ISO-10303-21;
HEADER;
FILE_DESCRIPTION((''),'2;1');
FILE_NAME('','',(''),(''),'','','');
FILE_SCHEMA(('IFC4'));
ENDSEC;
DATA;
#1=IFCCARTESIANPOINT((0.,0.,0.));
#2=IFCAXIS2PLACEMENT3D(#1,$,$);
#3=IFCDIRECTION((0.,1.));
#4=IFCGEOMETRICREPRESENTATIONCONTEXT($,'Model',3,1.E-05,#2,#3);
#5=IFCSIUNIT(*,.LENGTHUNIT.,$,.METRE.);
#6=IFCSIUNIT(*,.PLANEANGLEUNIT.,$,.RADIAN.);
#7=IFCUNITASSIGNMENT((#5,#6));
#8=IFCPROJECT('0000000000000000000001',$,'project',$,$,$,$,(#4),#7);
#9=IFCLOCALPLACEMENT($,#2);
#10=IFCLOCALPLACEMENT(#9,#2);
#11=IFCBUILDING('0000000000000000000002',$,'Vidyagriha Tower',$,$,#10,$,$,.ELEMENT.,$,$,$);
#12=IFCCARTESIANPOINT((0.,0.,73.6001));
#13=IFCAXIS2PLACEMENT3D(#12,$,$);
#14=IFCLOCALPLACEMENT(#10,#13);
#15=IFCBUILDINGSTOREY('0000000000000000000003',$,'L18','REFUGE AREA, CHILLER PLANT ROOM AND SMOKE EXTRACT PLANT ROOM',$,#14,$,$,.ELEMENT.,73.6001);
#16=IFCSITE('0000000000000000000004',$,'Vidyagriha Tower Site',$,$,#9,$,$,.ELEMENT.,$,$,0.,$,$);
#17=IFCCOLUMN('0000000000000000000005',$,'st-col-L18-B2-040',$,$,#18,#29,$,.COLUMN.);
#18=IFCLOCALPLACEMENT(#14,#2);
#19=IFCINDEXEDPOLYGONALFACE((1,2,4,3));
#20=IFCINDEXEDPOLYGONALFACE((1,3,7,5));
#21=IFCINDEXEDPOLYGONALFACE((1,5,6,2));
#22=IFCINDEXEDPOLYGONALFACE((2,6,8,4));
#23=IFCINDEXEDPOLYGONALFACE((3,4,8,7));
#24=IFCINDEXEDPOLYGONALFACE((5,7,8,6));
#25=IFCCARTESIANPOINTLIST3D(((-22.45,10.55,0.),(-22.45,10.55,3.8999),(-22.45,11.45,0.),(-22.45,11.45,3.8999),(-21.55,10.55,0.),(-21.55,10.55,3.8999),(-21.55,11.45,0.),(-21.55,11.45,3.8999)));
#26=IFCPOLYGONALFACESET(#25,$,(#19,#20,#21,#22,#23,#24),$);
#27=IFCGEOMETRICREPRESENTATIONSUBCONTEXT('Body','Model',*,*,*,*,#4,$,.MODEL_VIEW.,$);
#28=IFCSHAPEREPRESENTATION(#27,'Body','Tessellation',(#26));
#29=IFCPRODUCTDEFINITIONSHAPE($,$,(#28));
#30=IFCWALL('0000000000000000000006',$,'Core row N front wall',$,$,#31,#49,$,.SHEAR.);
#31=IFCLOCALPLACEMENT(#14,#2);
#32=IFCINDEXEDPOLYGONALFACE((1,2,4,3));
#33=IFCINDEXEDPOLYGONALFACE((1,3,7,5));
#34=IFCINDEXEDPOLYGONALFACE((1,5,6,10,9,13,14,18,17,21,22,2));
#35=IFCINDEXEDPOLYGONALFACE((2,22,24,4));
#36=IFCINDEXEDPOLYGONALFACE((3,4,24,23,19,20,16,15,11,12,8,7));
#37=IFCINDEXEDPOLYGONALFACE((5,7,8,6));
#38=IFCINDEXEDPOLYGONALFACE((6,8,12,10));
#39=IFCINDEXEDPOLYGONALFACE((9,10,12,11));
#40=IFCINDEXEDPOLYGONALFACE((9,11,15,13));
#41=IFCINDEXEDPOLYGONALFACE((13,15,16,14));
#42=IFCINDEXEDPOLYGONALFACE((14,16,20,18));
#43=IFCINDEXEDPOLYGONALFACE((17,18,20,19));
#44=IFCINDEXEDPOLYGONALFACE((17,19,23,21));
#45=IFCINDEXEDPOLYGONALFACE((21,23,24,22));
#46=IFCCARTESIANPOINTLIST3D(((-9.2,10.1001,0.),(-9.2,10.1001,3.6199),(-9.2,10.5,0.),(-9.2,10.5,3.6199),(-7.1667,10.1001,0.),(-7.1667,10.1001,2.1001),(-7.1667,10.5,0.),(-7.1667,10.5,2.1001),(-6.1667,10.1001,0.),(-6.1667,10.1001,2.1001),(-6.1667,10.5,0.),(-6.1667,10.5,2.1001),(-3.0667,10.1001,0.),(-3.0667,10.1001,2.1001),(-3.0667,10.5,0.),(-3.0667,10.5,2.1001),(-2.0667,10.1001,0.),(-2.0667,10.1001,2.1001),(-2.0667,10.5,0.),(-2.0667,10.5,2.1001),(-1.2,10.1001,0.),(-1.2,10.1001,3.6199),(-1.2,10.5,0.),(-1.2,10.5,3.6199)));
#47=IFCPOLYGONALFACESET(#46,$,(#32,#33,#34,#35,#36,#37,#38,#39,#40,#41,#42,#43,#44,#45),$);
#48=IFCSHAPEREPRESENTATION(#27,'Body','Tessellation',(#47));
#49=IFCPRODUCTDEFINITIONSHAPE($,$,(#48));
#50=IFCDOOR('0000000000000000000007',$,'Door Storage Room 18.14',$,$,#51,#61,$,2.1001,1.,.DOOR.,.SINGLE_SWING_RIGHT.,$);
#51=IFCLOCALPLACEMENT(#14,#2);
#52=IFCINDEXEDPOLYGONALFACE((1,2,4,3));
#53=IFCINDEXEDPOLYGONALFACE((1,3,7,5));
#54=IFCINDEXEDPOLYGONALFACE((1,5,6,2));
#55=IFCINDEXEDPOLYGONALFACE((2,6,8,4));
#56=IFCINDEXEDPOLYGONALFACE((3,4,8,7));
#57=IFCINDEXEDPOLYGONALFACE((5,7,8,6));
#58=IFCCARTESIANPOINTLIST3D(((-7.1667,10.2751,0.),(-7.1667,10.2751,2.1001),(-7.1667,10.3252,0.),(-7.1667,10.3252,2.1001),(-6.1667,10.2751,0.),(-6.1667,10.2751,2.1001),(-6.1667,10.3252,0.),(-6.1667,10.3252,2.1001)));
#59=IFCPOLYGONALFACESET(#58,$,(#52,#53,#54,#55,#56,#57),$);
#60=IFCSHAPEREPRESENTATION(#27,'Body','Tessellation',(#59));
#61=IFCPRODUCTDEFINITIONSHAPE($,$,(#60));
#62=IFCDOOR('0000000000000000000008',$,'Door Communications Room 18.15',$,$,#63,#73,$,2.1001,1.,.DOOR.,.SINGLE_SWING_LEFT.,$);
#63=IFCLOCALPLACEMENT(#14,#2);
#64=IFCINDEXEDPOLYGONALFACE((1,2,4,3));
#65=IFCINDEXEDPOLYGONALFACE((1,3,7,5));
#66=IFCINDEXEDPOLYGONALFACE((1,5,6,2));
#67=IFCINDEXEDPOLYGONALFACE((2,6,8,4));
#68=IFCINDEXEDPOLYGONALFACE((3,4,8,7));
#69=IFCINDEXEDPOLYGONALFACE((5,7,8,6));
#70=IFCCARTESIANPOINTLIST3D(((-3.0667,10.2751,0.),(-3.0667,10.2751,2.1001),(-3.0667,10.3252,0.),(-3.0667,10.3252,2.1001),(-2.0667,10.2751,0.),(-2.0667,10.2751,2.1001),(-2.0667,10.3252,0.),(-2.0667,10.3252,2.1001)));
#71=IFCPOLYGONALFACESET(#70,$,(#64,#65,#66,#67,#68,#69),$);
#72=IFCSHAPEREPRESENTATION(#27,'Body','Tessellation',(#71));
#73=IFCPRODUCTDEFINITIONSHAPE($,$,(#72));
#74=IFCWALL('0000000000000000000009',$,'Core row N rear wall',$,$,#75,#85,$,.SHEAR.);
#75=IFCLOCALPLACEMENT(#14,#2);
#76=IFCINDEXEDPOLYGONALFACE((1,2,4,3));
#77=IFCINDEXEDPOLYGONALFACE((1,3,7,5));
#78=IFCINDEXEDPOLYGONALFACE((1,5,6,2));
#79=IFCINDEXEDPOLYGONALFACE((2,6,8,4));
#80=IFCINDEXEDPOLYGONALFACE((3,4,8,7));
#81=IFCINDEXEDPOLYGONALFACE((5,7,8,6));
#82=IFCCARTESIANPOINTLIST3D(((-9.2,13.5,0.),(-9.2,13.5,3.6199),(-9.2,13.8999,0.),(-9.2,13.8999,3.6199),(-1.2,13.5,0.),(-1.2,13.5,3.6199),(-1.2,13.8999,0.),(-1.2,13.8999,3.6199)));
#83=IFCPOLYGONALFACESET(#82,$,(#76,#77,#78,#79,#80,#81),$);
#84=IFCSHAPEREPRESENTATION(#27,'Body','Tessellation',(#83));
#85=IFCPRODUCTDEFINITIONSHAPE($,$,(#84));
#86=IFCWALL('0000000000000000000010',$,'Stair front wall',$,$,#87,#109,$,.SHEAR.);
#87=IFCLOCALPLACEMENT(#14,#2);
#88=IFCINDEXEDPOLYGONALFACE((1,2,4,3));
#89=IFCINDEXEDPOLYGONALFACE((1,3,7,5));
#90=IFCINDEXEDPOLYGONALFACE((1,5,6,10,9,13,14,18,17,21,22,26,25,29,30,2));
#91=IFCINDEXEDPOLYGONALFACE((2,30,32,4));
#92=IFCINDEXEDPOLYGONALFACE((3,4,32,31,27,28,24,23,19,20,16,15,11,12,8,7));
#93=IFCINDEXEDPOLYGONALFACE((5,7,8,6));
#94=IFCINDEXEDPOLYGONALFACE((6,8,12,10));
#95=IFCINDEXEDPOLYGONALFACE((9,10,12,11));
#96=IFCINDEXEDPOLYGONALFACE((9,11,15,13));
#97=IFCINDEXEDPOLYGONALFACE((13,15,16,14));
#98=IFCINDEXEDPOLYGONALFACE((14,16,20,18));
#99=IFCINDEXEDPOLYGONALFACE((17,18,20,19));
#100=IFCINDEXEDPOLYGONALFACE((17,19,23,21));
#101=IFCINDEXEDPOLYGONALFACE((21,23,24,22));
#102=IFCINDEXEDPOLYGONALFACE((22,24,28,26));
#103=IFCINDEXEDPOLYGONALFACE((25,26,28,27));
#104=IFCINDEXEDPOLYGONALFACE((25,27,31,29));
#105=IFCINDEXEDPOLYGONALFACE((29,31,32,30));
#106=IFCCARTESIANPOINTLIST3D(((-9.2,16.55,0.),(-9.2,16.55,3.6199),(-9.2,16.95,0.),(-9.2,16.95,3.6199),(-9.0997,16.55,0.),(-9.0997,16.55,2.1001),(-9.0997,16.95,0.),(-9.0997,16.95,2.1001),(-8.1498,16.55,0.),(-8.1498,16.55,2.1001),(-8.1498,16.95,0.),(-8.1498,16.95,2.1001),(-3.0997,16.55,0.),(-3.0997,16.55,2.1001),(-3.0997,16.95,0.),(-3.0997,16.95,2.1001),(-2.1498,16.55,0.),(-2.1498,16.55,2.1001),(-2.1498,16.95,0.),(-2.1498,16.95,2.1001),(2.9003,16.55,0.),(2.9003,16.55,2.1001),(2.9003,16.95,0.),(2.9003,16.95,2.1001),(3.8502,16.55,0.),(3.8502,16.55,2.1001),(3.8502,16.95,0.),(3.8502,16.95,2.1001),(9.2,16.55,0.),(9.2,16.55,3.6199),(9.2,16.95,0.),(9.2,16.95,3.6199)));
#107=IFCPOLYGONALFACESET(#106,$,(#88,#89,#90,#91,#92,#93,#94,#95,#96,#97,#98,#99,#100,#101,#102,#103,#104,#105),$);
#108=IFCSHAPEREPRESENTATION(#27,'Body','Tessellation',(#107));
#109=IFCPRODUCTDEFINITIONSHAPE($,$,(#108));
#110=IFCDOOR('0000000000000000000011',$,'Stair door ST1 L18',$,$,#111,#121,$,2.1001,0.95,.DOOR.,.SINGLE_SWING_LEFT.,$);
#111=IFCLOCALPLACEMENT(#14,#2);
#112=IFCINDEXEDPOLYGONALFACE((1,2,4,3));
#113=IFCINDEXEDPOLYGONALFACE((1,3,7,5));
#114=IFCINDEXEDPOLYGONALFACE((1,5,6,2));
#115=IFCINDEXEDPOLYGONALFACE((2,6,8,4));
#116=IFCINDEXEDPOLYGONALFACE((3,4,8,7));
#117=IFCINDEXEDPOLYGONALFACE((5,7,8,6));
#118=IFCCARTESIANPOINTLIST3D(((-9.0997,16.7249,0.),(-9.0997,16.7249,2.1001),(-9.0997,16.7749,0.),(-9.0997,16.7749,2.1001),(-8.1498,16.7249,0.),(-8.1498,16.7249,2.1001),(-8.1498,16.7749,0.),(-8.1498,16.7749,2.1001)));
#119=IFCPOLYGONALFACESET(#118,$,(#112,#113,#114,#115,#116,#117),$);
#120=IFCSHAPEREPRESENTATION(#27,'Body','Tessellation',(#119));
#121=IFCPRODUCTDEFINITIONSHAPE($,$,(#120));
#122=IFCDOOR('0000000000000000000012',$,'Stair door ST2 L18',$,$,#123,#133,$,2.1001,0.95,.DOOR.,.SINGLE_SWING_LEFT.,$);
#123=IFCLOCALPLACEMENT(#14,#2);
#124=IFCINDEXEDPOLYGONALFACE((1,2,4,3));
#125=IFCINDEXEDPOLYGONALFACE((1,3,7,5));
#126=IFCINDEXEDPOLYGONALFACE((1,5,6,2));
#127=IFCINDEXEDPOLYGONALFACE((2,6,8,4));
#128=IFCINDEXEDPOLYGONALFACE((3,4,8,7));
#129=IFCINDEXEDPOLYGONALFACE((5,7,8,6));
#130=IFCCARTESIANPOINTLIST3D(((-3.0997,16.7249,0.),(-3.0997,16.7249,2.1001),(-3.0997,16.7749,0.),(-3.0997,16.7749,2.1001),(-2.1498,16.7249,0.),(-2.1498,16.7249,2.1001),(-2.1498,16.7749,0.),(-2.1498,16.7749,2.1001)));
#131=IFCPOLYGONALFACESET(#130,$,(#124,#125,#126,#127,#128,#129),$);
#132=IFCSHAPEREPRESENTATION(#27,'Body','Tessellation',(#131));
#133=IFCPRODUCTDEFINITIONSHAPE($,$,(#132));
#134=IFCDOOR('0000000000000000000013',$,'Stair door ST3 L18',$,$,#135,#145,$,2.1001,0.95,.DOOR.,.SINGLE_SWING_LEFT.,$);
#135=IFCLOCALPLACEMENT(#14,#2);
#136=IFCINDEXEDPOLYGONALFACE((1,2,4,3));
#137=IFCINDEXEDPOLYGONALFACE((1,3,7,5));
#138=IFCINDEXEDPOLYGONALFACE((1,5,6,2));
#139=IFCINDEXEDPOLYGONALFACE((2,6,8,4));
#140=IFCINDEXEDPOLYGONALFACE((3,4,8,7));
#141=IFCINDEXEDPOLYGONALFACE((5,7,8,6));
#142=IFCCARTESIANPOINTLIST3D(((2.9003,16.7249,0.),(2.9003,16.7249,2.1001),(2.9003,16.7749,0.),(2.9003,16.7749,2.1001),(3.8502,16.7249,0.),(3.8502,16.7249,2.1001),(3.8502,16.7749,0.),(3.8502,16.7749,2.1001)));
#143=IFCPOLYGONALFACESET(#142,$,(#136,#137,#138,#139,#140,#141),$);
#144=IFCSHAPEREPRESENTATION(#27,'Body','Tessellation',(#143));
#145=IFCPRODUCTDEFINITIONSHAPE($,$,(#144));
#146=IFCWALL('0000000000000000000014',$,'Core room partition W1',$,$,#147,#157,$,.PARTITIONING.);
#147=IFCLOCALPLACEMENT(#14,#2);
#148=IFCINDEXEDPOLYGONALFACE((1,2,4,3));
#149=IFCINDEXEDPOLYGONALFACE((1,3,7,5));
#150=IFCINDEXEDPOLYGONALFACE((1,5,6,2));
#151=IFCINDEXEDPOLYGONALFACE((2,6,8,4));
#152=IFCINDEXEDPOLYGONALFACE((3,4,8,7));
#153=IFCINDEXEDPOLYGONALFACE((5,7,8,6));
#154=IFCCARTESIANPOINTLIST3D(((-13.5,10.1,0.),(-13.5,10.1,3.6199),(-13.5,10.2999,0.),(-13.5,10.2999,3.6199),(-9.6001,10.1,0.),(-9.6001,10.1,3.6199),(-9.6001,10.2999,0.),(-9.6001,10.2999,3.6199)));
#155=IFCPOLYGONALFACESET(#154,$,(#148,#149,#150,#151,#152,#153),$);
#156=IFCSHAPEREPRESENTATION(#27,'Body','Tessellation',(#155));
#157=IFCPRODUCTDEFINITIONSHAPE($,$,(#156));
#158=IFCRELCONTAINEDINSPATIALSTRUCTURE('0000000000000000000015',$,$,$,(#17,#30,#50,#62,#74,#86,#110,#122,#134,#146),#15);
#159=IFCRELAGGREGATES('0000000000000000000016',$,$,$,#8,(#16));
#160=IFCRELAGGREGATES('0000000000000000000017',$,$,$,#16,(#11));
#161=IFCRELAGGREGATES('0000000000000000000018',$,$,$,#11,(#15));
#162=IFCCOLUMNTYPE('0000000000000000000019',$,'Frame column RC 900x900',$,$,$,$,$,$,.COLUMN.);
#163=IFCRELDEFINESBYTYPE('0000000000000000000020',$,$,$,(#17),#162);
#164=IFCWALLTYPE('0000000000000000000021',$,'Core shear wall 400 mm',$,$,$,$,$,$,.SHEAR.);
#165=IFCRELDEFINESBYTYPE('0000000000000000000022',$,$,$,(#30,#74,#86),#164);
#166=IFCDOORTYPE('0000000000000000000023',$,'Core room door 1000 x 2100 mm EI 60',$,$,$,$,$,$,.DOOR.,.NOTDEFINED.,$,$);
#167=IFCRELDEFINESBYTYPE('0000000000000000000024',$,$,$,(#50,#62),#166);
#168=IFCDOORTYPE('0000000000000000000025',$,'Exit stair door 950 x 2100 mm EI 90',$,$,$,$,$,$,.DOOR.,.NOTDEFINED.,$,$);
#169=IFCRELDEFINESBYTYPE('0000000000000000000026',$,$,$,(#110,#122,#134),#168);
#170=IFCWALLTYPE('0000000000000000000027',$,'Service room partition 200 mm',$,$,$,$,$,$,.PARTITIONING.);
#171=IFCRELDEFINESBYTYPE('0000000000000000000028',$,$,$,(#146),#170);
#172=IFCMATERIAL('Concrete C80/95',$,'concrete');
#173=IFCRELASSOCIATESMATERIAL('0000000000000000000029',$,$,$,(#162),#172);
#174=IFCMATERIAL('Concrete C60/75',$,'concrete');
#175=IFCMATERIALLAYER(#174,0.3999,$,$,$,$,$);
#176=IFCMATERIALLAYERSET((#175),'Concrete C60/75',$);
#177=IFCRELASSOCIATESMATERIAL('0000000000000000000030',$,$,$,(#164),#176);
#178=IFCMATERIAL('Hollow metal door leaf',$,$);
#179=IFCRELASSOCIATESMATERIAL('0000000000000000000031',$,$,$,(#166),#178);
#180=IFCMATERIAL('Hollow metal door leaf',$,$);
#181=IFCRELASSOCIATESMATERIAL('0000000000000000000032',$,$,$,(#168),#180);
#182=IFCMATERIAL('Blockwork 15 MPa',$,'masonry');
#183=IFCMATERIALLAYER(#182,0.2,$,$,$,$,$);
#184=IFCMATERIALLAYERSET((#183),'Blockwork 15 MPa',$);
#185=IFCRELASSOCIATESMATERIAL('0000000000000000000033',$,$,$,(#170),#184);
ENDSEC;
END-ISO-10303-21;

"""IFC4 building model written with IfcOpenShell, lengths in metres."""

from ifc_helpers import new_model, si_unit, direction, frame, frame_2d, origin, origin_2d, place, context, subcontext, project, spatial, rectangle, extrude, material, layer, layer_set, material_profile, profile_set, type_object, element, fill, save


model = new_model("IFC4")

# Units and contexts
model_context = context("Model", 3, precision=1e-05, world=origin(), true_north=direction((0.0, 1.0)))
body_context = subcontext(model_context, "Body", "Model", "MODEL_VIEW")
ifc_project = project(units=[si_unit("LENGTHUNIT", "METRE"), si_unit("PLANEANGLEUNIT", "RADIAN")], contexts=[model_context])

# Site, building, storey
site_placement = place(None, origin())
site = spatial("IfcSite", under=ifc_project, at=site_placement, Name="Vidyagriha Tower Site", CompositionType="ELEMENT", RefElevation=0.0)
building_placement = place(site_placement, origin())
building = spatial("IfcBuilding", under=site, at=building_placement, Name="Vidyagriha Tower", CompositionType="ELEMENT")
storey_placement = place(building_placement, frame((0.0, 0.0, 73.6001)))
storey = spatial("IfcBuildingStorey", under=building, at=storey_placement, Name="L18", Description="REFUGE AREA, CHILLER PLANT ROOM AND SMOKE EXTRACT PLANT ROOM", CompositionType="ELEMENT", Elevation=73.6001)

# Column
ifc_material_1 = material(Name="Concrete C80/95", Category="concrete")
ifc_material_profile = material_profile(ifc_material_1, rectangle(XDim=0.8999, YDim=0.8999, at=origin_2d()), Name="RC 900x900")
ifc_profile_set = profile_set([ifc_material_profile], Name="Concrete C80/95")
column_type = type_object("IfcColumnType", Name="Frame column RC 900x900", PredefinedType="COLUMN", material=ifc_profile_set)
column_placement = place(storey_placement, frame((-22.0, 11.0, 0.0)))
element("IfcColumn", 1, at=column_placement, inside=storey, type_object=column_type, Name="st-col-L18-B2-040", PredefinedType="COLUMN", context=body_context, shape_type="SweptSolid", body=[
    extrude(rectangle(XDim=0.8999, YDim=0.8999, at=origin_2d()), origin(), (0.0, 0.0, 1.0), 3.8999),
])

# Wall, openings, doors
ifc_material_2 = material(Name="Concrete C60/75", Category="concrete")
ifc_layer_1 = layer(ifc_material_2, 0.3999)
ifc_layer_set_1 = layer_set([ifc_layer_1], Name="Concrete C60/75")
wall_type_1 = type_object("IfcWallType", Name="Core shear wall 400 mm", PredefinedType="SHEAR", material=ifc_layer_set_1)
wall_1_placement = place(storey_placement, frame((-9.2, 10.3, 0.0)))
wall_1 = element("IfcWall", 2, at=wall_1_placement, inside=storey, type_object=wall_type_1, Name="Core row N front wall", PredefinedType="SHEAR", context=body_context, shape_type="SweptSolid", body=[
    extrude(rectangle(XDim=8.0, YDim=0.3999, at=frame_2d((4.0, 0.0))), origin(), (0.0, 0.0, 1.0), 3.6199),
])
opening_1_placement = place(wall_1_placement, frame((2.0332, 0.0, 0.0)))
opening_1 = element("IfcOpeningElement", 3, at=opening_1_placement, cuts=wall_1, PredefinedType="OPENING", context=body_context, shape_type="SweptSolid", body=[
    extrude(rectangle(XDim=1.0, YDim=2.1001, at=frame_2d((0.5, 1.05))), frame((0.0, 0.21, 0.0), z_axis=(0.0, -1.0, 0.0), x_axis=(1.0, 0.0, 0.0)), (0.0, 0.0, 1.0), 0.4199),
])
opening_2_placement = place(wall_1_placement, frame((6.1333, 0.0, 0.0)))
opening_2 = element("IfcOpeningElement", 4, at=opening_2_placement, cuts=wall_1, PredefinedType="OPENING", context=body_context, shape_type="SweptSolid", body=[
    extrude(rectangle(XDim=1.0, YDim=2.1001, at=frame_2d((0.5, 1.05))), frame((0.0, 0.21, 0.0), z_axis=(0.0, -1.0, 0.0), x_axis=(1.0, 0.0, 0.0)), (0.0, 0.0, 1.0), 0.4199),
])
ifc_material_3 = material(Name="Hollow metal door leaf")
door_type_1 = type_object("IfcDoorType", Name="Core room door 1000 x 2100 mm EI 60", OperationType="NOTDEFINED", PredefinedType="DOOR", material=ifc_material_3)
door_1_placement = place(opening_1_placement, frame((1.0, 0.0, 0.0), z_axis=(0.0, 0.0, 1.0), x_axis=(-1.0, 0.0, 0.0)))
door_1 = element("IfcDoor", 5, at=door_1_placement, inside=storey, type_object=door_type_1, Name="Door Storage Room 18.14", OperationType="SINGLE_SWING_RIGHT", OverallHeight=2.1001, OverallWidth=1.0, PredefinedType="DOOR", context=body_context, shape_type="SweptSolid", body=[
    extrude(rectangle(XDim=1.0, YDim=2.1001, at=frame_2d((0.5, 1.05))), frame((0.0, 0.0249, 0.0), z_axis=(0.0, -1.0, 0.0), x_axis=(1.0, 0.0, 0.0)), (0.0, 0.0, 1.0), 0.05),
])
fill(opening_1, door_1)
door_2_placement = place(opening_2_placement, frame((1.0, 0.0, 0.0), z_axis=(0.0, 0.0, 1.0), x_axis=(-1.0, 0.0, 0.0)))
door_2 = element("IfcDoor", 6, at=door_2_placement, inside=storey, type_object=door_type_1, Name="Door Communications Room 18.15", OperationType="SINGLE_SWING_LEFT", OverallHeight=2.1001, OverallWidth=1.0, PredefinedType="DOOR", context=body_context, shape_type="SweptSolid", body=[
    extrude(rectangle(XDim=1.0, YDim=2.1001, at=frame_2d((0.5, 1.05))), frame((0.0, 0.0249, 0.0), z_axis=(0.0, -1.0, 0.0), x_axis=(1.0, 0.0, 0.0)), (0.0, 0.0, 1.0), 0.05),
])
fill(opening_2, door_2)

# Wall
wall_2_placement = place(storey_placement, frame((-9.2, 13.7, 0.0)))
element("IfcWall", 7, at=wall_2_placement, inside=storey, type_object=wall_type_1, Name="Core row N rear wall", PredefinedType="SHEAR", context=body_context, shape_type="SweptSolid", body=[
    extrude(rectangle(XDim=8.0, YDim=0.3999, at=frame_2d((4.0, 0.0))), origin(), (0.0, 0.0, 1.0), 3.6199),
])

# Wall, openings, doors
wall_3_placement = place(storey_placement, frame((-9.2, 16.75, 0.0)))
wall_3 = element("IfcWall", 8, at=wall_3_placement, inside=storey, type_object=wall_type_1, Name="Stair front wall", PredefinedType="SHEAR", context=body_context, shape_type="SweptSolid", body=[
    extrude(rectangle(XDim=18.3999, YDim=0.3999, at=frame_2d((9.2, 0.0))), origin(), (0.0, 0.0, 1.0), 3.6199),
])
opening_3_placement = place(wall_3_placement, frame((0.1001, 0.0, 0.0)))
opening_3 = element("IfcOpeningElement", 9, at=opening_3_placement, cuts=wall_3, PredefinedType="OPENING", context=body_context, shape_type="SweptSolid", body=[
    extrude(rectangle(XDim=0.95, YDim=2.1001, at=frame_2d((0.4751, 1.05))), frame((0.0, 0.21, 0.0), z_axis=(0.0, -1.0, 0.0), x_axis=(1.0, 0.0, 0.0)), (0.0, 0.0, 1.0), 0.4199),
])
opening_4_placement = place(wall_3_placement, frame((6.1001, 0.0, 0.0)))
opening_4 = element("IfcOpeningElement", 10, at=opening_4_placement, cuts=wall_3, PredefinedType="OPENING", context=body_context, shape_type="SweptSolid", body=[
    extrude(rectangle(XDim=0.95, YDim=2.1001, at=frame_2d((0.4751, 1.05))), frame((0.0, 0.21, 0.0), z_axis=(0.0, -1.0, 0.0), x_axis=(1.0, 0.0, 0.0)), (0.0, 0.0, 1.0), 0.4199),
])
opening_5_placement = place(wall_3_placement, frame((12.1001, 0.0, 0.0)))
opening_5 = element("IfcOpeningElement", 11, at=opening_5_placement, cuts=wall_3, PredefinedType="OPENING", context=body_context, shape_type="SweptSolid", body=[
    extrude(rectangle(XDim=0.95, YDim=2.1001, at=frame_2d((0.4751, 1.05))), frame((0.0, 0.21, 0.0), z_axis=(0.0, -1.0, 0.0), x_axis=(1.0, 0.0, 0.0)), (0.0, 0.0, 1.0), 0.4199),
])
ifc_material_4 = material(Name="Hollow metal door leaf")
door_type_2 = type_object("IfcDoorType", Name="Exit stair door 950 x 2100 mm EI 90", OperationType="NOTDEFINED", PredefinedType="DOOR", material=ifc_material_4)
door_3_placement = place(opening_3_placement, origin())
door_3 = element("IfcDoor", 12, at=door_3_placement, inside=storey, type_object=door_type_2, Name="Stair door ST1 L18", OperationType="SINGLE_SWING_LEFT", OverallHeight=2.1001, OverallWidth=0.95, PredefinedType="DOOR", context=body_context, shape_type="SweptSolid", body=[
    extrude(rectangle(XDim=0.95, YDim=2.1001, at=frame_2d((0.4751, 1.05))), frame((0.0, 0.0249, 0.0), z_axis=(0.0, -1.0, 0.0), x_axis=(1.0, 0.0, 0.0)), (0.0, 0.0, 1.0), 0.05),
])
fill(opening_3, door_3)
door_4_placement = place(opening_4_placement, origin())
door_4 = element("IfcDoor", 13, at=door_4_placement, inside=storey, type_object=door_type_2, Name="Stair door ST2 L18", OperationType="SINGLE_SWING_LEFT", OverallHeight=2.1001, OverallWidth=0.95, PredefinedType="DOOR", context=body_context, shape_type="SweptSolid", body=[
    extrude(rectangle(XDim=0.95, YDim=2.1001, at=frame_2d((0.4751, 1.05))), frame((0.0, 0.0249, 0.0), z_axis=(0.0, -1.0, 0.0), x_axis=(1.0, 0.0, 0.0)), (0.0, 0.0, 1.0), 0.05),
])
fill(opening_4, door_4)
door_5_placement = place(opening_5_placement, origin())
door_5 = element("IfcDoor", 14, at=door_5_placement, inside=storey, type_object=door_type_2, Name="Stair door ST3 L18", OperationType="SINGLE_SWING_LEFT", OverallHeight=2.1001, OverallWidth=0.95, PredefinedType="DOOR", context=body_context, shape_type="SweptSolid", body=[
    extrude(rectangle(XDim=0.95, YDim=2.1001, at=frame_2d((0.4751, 1.05))), frame((0.0, 0.0249, 0.0), z_axis=(0.0, -1.0, 0.0), x_axis=(1.0, 0.0, 0.0)), (0.0, 0.0, 1.0), 0.05),
])
fill(opening_5, door_5)

# Wall
ifc_material_5 = material(Name="Blockwork 15 MPa", Category="masonry")
ifc_layer_2 = layer(ifc_material_5, 0.2)
ifc_layer_set_2 = layer_set([ifc_layer_2], Name="Blockwork 15 MPa")
wall_type_2 = type_object("IfcWallType", Name="Service room partition 200 mm", PredefinedType="PARTITIONING", material=ifc_layer_set_2)
wall_4_placement = place(storey_placement, frame((-13.5, 10.2, 0.0)))
element("IfcWall", 15, at=wall_4_placement, inside=storey, type_object=wall_type_2, Name="Core room partition W1", PredefinedType="PARTITIONING", context=body_context, shape_type="SweptSolid", body=[
    extrude(rectangle(XDim=3.8999, YDim=0.2, at=frame_2d((1.95, 0.0))), origin(), (0.0, 0.0, 1.0), 3.6199),
])

save(model, "model.ifc")
